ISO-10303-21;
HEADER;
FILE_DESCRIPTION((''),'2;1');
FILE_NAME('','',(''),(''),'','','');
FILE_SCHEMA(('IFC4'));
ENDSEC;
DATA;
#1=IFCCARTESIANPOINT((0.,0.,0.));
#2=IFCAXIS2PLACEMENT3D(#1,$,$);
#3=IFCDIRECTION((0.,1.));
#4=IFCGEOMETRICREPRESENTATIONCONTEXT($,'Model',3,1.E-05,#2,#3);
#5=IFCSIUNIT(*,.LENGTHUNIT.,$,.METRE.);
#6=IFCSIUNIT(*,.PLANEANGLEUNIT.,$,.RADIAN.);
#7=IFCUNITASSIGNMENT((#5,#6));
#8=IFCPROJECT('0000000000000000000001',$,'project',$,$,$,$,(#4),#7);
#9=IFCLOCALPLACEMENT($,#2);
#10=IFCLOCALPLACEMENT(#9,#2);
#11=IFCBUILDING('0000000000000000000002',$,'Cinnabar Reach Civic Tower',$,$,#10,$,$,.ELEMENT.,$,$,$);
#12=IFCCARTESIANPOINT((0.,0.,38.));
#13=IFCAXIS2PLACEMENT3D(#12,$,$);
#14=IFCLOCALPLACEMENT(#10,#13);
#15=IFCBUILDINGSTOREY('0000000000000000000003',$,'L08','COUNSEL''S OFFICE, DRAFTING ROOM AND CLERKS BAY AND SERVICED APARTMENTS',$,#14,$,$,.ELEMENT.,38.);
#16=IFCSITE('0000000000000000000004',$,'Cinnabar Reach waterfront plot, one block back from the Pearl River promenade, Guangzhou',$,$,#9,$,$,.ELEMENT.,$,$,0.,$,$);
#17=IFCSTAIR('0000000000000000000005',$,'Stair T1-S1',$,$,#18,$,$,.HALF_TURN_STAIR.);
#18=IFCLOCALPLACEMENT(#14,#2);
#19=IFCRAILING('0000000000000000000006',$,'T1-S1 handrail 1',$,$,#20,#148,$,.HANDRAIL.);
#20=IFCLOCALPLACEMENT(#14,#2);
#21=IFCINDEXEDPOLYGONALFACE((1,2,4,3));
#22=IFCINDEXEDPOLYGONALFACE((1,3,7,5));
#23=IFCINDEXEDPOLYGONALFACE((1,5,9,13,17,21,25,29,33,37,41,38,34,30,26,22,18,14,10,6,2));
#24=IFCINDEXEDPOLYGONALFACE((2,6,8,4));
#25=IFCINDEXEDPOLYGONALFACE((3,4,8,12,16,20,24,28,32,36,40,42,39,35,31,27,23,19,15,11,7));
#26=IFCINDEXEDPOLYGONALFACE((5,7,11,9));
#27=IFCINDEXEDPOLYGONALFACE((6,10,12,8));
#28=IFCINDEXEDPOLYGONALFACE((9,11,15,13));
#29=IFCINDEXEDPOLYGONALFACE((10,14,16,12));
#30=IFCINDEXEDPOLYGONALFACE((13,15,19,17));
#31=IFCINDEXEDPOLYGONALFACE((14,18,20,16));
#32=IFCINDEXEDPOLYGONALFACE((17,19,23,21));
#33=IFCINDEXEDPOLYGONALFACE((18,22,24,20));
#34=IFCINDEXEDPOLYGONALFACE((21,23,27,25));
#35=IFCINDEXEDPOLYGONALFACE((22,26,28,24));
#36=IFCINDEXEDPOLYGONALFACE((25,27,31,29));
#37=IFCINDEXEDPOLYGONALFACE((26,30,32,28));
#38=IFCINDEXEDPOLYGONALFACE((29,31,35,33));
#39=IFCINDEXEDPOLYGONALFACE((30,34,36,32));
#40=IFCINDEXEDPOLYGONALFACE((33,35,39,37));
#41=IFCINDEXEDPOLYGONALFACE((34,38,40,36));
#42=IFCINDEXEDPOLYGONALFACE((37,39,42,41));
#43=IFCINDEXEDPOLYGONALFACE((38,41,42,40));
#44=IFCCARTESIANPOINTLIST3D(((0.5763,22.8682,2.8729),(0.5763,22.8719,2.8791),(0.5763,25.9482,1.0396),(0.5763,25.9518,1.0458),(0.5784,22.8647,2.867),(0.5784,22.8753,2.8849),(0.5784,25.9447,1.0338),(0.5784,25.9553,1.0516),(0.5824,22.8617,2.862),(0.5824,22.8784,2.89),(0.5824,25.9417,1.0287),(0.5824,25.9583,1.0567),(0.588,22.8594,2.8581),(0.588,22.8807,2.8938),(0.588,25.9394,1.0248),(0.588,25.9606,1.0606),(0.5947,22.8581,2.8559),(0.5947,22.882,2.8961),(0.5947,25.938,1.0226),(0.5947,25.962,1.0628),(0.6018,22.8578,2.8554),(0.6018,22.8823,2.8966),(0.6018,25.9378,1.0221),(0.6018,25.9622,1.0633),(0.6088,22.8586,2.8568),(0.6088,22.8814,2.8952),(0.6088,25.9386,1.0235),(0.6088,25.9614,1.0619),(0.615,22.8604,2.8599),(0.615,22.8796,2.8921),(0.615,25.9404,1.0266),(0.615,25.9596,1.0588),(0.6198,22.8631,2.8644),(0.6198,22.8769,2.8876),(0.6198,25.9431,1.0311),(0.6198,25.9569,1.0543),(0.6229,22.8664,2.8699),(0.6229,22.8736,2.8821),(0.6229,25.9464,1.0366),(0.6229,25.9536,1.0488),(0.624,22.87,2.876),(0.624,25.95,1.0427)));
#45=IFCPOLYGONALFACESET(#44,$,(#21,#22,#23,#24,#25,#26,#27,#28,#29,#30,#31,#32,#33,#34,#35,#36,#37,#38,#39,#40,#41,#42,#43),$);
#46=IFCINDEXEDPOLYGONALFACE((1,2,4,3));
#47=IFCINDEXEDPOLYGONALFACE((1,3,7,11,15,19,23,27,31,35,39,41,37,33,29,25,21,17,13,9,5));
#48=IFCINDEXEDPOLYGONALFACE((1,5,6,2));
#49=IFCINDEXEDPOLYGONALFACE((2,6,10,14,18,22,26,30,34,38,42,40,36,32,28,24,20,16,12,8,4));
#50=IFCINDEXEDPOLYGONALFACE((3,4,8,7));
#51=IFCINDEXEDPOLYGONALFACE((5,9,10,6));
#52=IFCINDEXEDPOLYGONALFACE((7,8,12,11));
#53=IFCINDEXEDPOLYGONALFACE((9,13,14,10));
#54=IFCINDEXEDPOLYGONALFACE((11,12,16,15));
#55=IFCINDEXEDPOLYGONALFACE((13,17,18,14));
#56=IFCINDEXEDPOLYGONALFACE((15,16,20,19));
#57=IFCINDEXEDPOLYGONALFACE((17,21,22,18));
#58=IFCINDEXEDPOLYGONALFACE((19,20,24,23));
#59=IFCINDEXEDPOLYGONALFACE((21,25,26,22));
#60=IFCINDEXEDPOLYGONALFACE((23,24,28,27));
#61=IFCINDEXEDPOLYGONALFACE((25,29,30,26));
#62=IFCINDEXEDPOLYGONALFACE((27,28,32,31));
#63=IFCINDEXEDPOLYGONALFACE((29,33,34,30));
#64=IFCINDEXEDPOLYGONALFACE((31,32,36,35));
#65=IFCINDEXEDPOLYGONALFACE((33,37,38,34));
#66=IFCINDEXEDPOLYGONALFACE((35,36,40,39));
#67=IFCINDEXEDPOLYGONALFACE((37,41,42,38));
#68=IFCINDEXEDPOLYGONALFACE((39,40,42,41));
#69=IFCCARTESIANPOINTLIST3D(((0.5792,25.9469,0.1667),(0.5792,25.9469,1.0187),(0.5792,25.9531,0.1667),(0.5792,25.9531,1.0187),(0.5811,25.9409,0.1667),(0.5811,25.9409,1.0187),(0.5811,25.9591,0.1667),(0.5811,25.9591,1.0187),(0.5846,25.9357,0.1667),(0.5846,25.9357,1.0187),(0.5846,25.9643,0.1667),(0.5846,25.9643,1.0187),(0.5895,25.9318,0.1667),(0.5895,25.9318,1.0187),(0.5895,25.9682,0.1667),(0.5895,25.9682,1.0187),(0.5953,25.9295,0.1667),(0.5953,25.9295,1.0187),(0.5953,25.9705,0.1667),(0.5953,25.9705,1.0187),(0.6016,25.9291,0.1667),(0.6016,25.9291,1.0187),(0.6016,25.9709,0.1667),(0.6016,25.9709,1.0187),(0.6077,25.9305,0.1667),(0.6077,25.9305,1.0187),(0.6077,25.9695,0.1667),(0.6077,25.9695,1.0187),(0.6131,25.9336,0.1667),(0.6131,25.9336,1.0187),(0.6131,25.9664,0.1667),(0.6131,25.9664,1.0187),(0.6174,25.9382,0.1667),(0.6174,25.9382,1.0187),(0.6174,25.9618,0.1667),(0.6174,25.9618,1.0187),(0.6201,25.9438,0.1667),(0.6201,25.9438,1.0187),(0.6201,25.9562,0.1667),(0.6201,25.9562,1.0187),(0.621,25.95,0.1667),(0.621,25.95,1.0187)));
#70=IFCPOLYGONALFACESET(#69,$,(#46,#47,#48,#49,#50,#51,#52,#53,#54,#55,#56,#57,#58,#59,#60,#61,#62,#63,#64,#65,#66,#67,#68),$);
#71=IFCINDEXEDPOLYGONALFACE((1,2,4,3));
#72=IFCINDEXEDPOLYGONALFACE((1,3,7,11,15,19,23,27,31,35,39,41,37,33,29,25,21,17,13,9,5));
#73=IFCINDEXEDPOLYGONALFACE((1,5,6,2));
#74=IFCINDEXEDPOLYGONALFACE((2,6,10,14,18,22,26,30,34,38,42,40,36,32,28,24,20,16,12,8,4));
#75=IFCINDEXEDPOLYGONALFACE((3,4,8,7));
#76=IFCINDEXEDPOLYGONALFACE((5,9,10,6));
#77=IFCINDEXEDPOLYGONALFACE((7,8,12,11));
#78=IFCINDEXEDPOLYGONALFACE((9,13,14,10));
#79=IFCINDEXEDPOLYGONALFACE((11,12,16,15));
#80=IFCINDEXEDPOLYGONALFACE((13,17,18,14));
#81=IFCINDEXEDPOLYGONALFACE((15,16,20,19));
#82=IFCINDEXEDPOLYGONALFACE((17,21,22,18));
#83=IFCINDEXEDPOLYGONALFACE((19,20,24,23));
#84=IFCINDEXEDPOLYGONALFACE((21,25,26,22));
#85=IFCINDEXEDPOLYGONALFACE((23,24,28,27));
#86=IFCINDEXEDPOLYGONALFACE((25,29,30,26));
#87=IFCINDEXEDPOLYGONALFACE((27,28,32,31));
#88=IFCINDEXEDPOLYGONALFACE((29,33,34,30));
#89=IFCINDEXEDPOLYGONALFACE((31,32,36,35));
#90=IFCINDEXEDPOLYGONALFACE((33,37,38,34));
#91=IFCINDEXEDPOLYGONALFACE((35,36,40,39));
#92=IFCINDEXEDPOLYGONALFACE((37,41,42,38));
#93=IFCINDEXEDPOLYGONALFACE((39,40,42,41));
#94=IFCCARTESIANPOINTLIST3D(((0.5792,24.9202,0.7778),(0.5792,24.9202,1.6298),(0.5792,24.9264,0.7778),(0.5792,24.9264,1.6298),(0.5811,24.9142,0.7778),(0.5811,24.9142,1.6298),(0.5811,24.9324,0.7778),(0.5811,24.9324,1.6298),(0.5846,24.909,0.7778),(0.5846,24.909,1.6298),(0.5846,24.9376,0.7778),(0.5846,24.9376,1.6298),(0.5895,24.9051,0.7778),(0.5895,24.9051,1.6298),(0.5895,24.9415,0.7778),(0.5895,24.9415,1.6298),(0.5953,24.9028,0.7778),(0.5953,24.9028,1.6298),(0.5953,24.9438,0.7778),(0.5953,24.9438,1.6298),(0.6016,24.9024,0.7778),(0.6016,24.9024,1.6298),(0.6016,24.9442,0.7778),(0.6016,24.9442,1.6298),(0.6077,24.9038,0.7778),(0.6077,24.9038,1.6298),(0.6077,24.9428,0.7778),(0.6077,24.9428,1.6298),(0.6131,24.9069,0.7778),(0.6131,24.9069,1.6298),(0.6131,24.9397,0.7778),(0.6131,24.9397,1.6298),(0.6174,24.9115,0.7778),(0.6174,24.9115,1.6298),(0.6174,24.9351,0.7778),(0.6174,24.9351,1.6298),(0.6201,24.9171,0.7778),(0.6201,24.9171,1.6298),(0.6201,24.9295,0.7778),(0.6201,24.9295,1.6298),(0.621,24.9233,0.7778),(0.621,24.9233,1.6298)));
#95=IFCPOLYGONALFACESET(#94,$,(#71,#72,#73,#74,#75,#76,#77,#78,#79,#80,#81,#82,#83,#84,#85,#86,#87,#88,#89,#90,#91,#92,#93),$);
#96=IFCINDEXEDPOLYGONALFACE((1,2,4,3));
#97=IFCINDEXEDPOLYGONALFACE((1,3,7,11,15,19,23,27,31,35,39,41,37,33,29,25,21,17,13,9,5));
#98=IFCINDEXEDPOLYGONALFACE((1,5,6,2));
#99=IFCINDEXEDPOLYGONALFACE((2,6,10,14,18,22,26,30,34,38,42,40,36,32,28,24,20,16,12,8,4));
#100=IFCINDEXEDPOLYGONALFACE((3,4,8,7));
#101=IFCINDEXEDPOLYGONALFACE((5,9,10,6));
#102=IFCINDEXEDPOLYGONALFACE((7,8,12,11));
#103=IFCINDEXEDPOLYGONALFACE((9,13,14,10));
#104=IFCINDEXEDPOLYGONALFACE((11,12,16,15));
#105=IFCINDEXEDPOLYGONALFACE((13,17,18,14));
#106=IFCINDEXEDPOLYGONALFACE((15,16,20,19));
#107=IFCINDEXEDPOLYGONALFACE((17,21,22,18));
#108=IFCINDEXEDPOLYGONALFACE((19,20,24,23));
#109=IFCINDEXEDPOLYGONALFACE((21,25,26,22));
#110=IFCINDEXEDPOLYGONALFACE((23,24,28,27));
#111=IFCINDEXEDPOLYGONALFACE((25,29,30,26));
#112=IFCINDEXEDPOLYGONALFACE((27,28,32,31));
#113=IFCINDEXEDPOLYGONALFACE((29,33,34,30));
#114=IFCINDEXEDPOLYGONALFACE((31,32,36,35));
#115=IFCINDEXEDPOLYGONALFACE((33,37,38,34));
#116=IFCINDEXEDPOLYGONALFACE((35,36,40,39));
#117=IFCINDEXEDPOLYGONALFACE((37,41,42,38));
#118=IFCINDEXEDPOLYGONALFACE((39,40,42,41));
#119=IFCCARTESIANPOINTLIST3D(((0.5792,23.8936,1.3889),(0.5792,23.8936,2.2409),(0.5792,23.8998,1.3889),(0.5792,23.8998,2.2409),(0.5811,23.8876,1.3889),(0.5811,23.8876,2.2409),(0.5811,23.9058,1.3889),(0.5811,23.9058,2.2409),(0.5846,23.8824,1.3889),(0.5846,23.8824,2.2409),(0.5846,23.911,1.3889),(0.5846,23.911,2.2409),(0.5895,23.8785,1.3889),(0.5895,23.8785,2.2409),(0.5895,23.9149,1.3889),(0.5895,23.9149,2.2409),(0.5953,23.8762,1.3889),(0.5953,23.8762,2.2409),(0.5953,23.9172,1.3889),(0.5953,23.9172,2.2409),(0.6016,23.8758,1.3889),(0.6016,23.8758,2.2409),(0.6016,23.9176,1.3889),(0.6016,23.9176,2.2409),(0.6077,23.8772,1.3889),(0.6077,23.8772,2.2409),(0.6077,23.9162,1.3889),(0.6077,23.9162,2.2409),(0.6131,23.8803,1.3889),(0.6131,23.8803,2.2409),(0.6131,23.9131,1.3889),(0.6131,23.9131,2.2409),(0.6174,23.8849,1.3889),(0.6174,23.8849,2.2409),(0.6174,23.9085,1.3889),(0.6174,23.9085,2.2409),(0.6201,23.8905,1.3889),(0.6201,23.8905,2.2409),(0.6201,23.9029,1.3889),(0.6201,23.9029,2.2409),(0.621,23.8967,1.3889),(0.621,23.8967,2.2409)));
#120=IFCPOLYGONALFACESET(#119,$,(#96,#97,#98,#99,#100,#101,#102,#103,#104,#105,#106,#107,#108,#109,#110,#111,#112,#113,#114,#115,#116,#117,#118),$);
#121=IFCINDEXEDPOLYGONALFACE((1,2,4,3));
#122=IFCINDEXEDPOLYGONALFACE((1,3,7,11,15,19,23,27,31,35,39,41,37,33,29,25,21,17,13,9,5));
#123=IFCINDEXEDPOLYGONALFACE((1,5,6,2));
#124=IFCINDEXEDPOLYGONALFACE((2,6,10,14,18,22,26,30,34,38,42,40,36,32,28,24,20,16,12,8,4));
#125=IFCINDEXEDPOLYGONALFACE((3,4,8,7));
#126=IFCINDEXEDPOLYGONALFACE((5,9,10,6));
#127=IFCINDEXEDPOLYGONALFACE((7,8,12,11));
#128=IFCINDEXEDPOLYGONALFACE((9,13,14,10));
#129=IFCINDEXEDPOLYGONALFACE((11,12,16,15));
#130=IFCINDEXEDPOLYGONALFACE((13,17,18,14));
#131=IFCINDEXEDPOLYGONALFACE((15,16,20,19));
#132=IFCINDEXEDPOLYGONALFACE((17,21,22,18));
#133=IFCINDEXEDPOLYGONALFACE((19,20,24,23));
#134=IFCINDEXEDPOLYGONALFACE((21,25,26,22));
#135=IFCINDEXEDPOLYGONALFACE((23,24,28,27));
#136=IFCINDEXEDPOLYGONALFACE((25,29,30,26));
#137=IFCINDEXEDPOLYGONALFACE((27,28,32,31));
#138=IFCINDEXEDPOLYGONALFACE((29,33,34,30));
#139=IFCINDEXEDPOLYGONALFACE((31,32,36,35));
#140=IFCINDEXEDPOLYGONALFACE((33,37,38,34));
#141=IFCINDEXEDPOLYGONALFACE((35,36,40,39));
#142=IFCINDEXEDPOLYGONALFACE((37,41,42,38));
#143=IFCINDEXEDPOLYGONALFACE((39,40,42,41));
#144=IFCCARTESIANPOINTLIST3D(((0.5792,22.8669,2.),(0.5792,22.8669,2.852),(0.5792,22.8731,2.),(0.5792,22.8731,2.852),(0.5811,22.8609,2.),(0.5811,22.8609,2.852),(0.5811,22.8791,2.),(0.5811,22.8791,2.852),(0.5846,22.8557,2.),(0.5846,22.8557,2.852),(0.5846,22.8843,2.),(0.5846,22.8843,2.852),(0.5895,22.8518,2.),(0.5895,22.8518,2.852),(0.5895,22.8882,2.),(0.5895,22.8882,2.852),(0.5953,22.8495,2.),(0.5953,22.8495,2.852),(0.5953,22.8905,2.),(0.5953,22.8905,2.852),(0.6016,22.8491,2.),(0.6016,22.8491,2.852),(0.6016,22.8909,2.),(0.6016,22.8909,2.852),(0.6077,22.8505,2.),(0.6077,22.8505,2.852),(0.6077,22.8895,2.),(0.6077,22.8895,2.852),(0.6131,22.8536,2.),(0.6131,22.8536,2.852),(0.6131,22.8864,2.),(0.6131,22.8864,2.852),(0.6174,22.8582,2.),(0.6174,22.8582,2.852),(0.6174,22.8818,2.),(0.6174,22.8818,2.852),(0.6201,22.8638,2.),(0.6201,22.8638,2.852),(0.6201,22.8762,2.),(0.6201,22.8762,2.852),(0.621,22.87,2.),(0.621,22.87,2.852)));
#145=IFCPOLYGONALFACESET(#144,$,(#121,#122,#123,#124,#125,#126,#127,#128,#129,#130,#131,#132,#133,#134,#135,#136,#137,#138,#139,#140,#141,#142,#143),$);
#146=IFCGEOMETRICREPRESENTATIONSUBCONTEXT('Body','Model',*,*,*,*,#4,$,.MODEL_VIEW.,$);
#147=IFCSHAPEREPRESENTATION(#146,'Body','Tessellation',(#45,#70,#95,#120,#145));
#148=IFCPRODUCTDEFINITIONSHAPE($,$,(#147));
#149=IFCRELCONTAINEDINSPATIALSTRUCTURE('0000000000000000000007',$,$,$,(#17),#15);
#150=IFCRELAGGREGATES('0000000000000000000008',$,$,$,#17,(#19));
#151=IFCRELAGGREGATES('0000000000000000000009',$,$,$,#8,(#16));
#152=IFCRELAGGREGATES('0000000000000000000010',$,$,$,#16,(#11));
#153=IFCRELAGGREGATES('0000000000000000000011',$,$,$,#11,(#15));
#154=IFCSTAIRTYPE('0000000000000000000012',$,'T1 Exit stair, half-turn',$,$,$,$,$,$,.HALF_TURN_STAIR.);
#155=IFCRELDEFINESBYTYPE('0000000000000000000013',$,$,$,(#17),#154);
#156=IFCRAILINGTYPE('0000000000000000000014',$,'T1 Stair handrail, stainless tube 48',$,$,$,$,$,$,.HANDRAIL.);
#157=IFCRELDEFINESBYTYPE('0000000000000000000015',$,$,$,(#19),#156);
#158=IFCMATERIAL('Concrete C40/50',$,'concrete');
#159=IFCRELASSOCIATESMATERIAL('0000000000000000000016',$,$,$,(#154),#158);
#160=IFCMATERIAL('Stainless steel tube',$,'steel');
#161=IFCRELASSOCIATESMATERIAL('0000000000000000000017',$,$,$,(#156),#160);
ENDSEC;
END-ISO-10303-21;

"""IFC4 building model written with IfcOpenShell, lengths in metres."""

from ifc_helpers import new_model, si_unit, direction, frame, origin, origin_2d, place, context, subcontext, project, spatial, circle, extrude, material, type_object, element, aggregate, save


model = new_model("IFC4")

# Units and contexts
model_context = context("Model", 3, precision=1e-05, world=origin(), true_north=direction((0.0, 1.0)))
body_context = subcontext(model_context, "Body", "Model", "MODEL_VIEW")
ifc_project = project(units=[si_unit("LENGTHUNIT", "METRE"), si_unit("PLANEANGLEUNIT", "RADIAN")], contexts=[model_context])

# Site, building, storey
site_placement = place(None, origin())
site = spatial("IfcSite", under=ifc_project, at=site_placement, Name="Cinnabar Reach waterfront plot, one block back from the Pearl River promenade, Guangzhou", CompositionType="ELEMENT", RefElevation=0.0)
building_placement = place(site_placement, origin())
building = spatial("IfcBuilding", under=site, at=building_placement, Name="Cinnabar Reach Civic Tower", CompositionType="ELEMENT")
storey_placement = place(building_placement, frame((0.0, 0.0, 38.0)))
storey = spatial("IfcBuildingStorey", under=building, at=storey_placement, Name="L08", Description="COUNSEL'S OFFICE, DRAFTING ROOM AND CLERKS BAY AND SERVICED APARTMENTS", CompositionType="ELEMENT", Elevation=38.0)

# Shared definitions
ifc_material_1 = material(Name="Concrete C40/50", Category="concrete")

# Stair, railing
stair_type = type_object("IfcStairType", Name="T1 Exit stair, half-turn", PredefinedType="HALF_TURN_STAIR", material=ifc_material_1)
stair_placement = place(storey_placement, origin())
stair = element("IfcStair", 1, at=stair_placement, inside=storey, type_object=stair_type, Name="Stair T1-S1", PredefinedType="HALF_TURN_STAIR")
ifc_material_2 = material(Name="Stainless steel tube", Category="steel")
railing_type = type_object("IfcRailingType", Name="T1 Stair handrail, stainless tube 48", PredefinedType="HANDRAIL", material=ifc_material_2)
railing_1_placement = place(storey_placement, frame((0.6, 25.95, 0.1667)))
railing_1 = element("IfcRailing", 2, at=railing_1_placement, type_object=railing_type, Name="T1-S1 handrail 1", PredefinedType="HANDRAIL", context=body_context, shape_type="SweptSolid", body=[
    extrude(circle(Radius=0.024, at=origin_2d()), frame((0.0, 0.0, 0.876), z_axis=(0.0, -0.859297, 0.511477), x_axis=(1.0, 0.0, 0.0)), (0.0, 0.0, 1.0), 3.5843),
    extrude(circle(Radius=0.021, at=origin_2d()), origin(), (0.0, 0.0, 1.0), 0.852),
    extrude(circle(Radius=0.021, at=origin_2d()), frame((0.0, -1.0267, 0.6111)), (0.0, 0.0, 1.0), 0.852),
    extrude(circle(Radius=0.021, at=origin_2d()), frame((0.0, -2.0533, 1.2222)), (0.0, 0.0, 1.0), 0.852),
    extrude(circle(Radius=0.021, at=origin_2d()), frame((0.0, -3.08, 1.8333)), (0.0, 0.0, 1.0), 0.852),
])
aggregate(stair, [railing_1])

save(model, "model.ifc")
